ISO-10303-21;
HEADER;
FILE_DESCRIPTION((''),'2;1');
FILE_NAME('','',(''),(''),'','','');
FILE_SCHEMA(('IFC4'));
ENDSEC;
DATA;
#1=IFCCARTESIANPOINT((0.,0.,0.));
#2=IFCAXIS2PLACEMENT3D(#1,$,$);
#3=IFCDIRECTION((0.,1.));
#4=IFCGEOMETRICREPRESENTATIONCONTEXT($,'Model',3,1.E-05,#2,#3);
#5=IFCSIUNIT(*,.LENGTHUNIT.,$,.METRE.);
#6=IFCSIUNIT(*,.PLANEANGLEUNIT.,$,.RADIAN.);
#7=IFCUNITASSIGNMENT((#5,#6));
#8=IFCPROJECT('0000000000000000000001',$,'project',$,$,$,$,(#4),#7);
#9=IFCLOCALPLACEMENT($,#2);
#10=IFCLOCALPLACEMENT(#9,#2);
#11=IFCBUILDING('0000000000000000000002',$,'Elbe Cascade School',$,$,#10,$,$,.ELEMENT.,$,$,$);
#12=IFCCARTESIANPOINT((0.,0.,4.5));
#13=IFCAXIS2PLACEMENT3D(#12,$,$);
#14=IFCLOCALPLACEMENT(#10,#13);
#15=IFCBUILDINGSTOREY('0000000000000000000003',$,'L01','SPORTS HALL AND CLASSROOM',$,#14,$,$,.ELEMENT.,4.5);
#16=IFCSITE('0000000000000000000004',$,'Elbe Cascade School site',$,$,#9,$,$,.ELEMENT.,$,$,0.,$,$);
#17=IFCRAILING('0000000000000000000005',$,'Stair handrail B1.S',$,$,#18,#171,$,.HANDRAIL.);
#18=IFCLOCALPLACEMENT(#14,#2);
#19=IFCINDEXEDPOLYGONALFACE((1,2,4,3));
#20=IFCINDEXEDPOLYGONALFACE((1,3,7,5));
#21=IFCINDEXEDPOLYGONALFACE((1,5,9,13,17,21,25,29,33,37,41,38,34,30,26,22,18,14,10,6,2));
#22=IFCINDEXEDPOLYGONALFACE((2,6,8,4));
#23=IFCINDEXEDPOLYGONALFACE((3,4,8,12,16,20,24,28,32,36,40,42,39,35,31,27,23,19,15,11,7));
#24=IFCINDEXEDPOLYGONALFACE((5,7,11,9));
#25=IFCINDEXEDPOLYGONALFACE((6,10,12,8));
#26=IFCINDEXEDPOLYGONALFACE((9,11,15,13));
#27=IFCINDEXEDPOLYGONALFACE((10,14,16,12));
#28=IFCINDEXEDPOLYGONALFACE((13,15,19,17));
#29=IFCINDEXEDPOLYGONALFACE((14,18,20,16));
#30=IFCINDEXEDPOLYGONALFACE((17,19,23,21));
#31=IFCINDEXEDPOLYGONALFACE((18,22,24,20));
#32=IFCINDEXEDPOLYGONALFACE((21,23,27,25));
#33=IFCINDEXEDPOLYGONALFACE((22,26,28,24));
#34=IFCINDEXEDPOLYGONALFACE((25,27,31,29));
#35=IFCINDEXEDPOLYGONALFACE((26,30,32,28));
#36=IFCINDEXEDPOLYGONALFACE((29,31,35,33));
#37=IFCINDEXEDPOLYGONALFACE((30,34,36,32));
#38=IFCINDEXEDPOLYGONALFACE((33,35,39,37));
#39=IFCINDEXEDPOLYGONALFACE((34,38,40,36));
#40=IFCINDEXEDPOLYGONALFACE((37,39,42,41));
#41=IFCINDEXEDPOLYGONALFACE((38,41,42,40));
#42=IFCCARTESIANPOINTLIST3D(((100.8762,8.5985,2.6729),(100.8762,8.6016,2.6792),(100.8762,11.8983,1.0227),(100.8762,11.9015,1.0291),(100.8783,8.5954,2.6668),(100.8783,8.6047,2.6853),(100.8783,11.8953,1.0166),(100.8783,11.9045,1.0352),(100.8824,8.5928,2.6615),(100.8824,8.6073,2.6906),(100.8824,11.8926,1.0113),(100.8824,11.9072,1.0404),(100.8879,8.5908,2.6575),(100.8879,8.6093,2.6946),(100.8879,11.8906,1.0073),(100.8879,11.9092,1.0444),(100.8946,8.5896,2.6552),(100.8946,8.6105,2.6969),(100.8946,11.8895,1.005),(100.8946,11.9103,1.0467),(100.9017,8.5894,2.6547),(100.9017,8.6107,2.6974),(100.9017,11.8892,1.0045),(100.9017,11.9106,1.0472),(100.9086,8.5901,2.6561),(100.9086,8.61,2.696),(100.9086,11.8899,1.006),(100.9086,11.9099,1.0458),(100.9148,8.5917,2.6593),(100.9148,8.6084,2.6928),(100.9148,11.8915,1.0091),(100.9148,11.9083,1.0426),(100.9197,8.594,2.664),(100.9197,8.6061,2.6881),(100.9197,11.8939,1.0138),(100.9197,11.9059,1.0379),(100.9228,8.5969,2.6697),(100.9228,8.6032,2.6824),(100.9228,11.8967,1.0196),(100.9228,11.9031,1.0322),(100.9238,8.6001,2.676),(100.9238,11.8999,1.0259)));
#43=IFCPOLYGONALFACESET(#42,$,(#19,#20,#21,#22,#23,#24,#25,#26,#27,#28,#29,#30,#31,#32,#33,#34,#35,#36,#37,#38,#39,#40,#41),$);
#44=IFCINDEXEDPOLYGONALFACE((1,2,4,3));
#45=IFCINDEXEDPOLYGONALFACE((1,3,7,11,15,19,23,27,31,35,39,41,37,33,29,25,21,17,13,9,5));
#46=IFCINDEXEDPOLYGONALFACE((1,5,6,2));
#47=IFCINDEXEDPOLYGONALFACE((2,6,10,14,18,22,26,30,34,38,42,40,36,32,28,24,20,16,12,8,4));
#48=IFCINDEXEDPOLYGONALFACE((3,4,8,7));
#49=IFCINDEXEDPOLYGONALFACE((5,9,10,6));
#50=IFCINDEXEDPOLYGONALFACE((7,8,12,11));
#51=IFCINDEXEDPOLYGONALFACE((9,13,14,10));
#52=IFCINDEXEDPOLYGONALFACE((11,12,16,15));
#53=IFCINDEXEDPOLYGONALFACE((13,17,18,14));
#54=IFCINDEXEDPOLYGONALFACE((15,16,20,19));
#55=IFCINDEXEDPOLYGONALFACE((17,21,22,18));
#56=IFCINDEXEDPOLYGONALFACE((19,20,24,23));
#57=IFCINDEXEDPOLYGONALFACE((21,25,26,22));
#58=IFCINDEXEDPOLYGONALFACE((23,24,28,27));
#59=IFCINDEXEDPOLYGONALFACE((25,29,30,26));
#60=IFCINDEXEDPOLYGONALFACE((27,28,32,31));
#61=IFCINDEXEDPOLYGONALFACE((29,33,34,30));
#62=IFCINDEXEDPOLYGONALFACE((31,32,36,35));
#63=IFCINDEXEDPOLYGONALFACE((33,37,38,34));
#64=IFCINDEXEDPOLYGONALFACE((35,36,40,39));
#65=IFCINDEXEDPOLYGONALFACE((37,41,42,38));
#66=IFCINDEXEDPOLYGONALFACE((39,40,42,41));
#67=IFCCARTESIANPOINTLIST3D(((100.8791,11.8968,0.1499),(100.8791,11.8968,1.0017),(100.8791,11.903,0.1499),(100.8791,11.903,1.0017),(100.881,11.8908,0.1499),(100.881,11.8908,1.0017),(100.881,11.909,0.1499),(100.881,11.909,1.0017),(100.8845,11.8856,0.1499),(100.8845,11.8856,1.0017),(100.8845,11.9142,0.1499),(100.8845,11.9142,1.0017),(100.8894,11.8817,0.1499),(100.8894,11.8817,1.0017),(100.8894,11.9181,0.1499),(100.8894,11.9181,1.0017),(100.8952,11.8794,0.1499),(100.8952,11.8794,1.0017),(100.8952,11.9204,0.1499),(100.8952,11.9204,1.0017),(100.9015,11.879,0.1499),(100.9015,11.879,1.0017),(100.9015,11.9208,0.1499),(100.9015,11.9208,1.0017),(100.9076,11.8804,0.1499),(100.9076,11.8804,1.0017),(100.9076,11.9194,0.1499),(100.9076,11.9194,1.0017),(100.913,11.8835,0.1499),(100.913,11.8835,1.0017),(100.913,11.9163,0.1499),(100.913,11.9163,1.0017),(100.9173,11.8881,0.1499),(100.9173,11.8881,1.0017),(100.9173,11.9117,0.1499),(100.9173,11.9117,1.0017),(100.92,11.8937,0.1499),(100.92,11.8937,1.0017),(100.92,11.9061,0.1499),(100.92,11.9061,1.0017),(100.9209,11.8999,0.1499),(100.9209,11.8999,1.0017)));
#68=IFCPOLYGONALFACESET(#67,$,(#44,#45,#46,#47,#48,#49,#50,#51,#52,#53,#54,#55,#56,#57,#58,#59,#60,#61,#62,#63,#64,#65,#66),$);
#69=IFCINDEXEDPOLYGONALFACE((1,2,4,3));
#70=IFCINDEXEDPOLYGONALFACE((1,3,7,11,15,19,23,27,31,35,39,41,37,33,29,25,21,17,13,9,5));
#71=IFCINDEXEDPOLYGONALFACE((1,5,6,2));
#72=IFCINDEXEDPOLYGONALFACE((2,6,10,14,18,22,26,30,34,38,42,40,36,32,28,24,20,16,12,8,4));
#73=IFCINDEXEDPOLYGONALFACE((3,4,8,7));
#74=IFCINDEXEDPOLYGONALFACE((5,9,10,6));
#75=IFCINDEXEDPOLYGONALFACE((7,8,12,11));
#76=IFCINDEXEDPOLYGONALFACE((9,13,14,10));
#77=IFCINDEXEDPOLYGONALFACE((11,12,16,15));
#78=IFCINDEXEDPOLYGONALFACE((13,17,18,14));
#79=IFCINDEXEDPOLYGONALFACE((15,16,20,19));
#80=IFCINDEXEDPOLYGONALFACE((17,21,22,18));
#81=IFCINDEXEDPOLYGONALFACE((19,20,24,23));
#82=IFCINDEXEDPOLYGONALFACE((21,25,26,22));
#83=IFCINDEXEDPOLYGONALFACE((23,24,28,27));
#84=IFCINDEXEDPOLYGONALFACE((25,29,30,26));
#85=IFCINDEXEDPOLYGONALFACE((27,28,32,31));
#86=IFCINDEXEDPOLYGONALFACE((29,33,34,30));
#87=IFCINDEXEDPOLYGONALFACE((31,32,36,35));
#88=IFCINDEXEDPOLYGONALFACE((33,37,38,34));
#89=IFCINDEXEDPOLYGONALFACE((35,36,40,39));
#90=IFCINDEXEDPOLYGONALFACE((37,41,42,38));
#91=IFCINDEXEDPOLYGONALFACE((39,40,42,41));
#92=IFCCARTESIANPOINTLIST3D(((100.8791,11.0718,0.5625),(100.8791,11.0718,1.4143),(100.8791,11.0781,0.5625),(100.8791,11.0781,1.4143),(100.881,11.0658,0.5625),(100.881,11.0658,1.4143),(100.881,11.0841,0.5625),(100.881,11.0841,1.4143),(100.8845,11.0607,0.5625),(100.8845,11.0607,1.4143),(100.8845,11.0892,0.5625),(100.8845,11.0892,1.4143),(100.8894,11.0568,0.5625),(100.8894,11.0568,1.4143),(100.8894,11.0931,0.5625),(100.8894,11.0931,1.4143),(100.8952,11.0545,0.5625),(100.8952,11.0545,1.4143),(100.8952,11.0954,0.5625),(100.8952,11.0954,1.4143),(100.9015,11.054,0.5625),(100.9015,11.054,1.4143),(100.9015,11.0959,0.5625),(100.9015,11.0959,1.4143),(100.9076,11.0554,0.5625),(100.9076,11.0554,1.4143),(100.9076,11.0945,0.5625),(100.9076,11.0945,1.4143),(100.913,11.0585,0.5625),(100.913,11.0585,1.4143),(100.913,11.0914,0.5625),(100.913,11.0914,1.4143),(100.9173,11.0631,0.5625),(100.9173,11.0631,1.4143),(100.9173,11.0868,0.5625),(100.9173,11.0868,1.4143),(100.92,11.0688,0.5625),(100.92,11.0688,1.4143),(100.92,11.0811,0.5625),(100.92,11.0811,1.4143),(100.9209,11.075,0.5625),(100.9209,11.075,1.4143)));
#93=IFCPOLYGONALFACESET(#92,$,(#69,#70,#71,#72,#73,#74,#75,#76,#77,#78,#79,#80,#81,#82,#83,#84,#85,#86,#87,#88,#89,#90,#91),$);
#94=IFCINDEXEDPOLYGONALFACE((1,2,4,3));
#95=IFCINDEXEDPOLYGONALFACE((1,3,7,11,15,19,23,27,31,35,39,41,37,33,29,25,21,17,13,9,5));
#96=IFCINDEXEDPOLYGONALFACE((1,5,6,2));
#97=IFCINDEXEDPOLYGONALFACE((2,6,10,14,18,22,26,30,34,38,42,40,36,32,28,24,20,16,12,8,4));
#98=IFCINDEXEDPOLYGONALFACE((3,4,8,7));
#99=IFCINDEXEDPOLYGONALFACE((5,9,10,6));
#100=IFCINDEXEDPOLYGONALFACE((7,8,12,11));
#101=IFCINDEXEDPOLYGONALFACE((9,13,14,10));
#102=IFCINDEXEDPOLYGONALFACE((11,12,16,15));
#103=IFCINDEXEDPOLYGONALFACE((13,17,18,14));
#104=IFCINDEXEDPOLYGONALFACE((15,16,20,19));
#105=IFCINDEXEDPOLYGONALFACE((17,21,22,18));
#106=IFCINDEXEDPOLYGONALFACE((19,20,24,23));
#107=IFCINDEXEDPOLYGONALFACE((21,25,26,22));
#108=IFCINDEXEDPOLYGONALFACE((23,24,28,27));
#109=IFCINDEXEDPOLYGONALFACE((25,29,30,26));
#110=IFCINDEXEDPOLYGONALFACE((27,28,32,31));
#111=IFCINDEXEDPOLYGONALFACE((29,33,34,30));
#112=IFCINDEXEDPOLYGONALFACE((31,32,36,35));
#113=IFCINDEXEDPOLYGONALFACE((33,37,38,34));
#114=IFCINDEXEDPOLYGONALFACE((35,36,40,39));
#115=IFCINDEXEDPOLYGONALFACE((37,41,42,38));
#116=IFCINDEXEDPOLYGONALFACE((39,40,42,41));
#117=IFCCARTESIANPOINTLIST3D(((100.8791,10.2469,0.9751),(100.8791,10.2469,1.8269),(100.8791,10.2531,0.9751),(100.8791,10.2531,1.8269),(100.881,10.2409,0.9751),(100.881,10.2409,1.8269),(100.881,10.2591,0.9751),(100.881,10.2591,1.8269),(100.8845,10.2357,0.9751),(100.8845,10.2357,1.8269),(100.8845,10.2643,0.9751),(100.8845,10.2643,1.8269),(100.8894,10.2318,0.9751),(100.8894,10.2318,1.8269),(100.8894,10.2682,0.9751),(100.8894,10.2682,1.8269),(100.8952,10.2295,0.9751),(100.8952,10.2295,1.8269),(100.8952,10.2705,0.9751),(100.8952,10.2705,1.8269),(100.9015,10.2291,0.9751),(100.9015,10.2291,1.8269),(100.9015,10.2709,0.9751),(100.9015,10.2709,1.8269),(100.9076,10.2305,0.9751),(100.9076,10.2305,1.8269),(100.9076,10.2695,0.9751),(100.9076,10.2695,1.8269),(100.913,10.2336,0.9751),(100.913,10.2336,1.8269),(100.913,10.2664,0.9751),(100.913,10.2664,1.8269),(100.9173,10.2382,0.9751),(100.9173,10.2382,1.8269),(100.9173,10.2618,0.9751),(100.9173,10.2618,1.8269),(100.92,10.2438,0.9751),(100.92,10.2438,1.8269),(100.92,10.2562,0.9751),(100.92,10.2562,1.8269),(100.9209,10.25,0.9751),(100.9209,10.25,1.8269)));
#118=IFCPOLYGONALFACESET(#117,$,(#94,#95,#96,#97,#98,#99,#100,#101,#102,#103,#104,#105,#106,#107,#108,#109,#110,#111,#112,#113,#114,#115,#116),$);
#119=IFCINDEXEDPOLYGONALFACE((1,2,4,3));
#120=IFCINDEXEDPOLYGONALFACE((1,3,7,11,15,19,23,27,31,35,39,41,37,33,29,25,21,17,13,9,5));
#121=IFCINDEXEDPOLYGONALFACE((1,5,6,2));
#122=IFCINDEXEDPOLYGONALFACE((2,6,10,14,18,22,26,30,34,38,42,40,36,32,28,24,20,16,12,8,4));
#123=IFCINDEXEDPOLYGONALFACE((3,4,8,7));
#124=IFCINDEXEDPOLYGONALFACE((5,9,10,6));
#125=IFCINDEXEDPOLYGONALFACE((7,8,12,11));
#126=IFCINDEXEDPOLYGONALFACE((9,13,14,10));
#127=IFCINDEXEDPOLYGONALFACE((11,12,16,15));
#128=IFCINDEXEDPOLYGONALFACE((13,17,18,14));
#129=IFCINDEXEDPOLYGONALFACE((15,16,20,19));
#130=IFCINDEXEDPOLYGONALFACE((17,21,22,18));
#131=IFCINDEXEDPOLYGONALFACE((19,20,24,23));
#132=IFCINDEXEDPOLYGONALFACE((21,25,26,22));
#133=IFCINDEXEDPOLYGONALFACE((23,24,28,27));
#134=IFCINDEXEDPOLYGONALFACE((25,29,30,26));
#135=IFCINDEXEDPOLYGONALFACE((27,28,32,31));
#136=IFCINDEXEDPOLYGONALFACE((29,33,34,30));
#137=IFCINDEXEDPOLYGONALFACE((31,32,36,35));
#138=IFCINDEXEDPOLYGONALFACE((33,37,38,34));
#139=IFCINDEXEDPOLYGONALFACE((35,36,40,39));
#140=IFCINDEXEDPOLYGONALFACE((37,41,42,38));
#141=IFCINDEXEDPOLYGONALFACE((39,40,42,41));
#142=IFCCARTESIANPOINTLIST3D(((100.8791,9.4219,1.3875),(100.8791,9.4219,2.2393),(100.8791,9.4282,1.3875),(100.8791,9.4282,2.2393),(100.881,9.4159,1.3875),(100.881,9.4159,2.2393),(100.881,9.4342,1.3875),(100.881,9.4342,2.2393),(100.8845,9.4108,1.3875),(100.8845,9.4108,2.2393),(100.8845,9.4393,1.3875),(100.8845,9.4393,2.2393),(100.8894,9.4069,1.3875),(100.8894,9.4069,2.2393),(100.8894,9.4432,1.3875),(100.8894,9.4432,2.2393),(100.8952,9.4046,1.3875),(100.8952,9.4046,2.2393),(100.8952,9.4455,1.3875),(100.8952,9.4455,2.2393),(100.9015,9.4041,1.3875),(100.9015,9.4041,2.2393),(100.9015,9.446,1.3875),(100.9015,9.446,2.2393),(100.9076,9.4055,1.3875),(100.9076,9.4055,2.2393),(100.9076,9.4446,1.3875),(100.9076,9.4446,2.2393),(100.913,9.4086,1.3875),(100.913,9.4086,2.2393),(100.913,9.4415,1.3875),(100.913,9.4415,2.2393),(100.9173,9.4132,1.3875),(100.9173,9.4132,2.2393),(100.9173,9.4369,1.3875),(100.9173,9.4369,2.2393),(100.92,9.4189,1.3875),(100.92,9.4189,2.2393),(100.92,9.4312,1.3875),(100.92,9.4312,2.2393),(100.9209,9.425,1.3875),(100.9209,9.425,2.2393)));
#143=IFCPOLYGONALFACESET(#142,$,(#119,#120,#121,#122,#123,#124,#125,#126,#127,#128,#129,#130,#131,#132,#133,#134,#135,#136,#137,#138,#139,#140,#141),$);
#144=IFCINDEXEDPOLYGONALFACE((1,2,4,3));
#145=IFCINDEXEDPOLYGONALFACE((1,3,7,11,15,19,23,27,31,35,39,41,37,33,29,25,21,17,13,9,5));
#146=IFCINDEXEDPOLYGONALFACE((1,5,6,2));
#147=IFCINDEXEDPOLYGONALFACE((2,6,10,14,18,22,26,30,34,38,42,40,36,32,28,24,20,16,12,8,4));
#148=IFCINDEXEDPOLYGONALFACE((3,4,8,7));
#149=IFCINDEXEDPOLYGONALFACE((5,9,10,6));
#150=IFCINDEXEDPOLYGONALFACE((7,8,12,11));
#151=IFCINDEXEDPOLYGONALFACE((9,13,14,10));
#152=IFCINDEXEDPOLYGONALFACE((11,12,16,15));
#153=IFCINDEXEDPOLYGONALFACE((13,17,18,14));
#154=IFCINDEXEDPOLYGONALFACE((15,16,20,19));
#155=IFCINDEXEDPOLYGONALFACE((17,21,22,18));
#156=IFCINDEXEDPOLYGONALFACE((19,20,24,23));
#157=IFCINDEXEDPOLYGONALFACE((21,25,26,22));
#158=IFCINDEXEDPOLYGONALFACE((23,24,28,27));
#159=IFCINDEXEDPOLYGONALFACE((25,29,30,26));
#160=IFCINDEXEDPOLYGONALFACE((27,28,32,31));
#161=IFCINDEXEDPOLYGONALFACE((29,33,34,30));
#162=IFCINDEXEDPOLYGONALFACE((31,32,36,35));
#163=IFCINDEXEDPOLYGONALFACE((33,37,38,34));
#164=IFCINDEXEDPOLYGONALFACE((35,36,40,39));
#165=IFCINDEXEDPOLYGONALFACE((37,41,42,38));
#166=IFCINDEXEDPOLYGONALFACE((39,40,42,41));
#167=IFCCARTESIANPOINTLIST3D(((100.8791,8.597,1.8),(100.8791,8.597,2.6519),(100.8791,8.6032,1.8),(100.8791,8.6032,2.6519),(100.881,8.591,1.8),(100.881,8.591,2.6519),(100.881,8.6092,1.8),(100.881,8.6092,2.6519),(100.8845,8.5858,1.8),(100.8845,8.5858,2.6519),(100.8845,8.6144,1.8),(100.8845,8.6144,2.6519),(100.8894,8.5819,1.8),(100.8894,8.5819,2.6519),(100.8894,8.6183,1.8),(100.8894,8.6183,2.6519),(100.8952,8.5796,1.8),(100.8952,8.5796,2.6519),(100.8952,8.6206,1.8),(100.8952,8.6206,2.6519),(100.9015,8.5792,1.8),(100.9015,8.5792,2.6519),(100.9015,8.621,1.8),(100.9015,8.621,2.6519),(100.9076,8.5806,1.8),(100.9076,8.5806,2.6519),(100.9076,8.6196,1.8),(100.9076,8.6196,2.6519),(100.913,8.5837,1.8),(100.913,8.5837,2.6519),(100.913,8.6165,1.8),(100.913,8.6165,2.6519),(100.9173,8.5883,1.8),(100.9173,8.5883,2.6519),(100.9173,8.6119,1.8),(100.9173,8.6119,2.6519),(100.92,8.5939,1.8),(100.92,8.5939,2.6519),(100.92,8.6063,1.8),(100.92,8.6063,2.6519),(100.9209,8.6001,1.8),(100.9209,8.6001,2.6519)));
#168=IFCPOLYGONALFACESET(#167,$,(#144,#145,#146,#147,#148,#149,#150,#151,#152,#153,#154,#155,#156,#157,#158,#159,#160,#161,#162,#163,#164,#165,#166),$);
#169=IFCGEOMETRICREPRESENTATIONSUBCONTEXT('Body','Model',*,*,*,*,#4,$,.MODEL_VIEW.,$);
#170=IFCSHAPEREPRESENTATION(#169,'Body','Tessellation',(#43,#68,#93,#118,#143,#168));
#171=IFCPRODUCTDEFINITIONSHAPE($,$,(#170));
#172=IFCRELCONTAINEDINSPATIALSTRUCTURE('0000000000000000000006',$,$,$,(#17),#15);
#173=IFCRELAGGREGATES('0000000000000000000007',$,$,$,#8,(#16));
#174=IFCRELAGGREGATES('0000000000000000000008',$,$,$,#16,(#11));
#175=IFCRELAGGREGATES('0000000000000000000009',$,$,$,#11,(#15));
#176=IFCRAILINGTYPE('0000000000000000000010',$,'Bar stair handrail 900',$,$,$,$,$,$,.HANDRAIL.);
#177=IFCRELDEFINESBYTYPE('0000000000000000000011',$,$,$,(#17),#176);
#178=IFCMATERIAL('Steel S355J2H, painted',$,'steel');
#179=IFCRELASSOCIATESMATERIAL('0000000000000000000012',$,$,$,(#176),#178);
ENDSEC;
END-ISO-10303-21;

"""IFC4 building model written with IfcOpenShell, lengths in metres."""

from ifc_helpers import new_model, si_unit, direction, frame, origin, origin_2d, place, context, subcontext, project, spatial, circle, extrude, material, type_object, element, save


model = new_model("IFC4")

# Units and contexts
model_context = context("Model", 3, precision=1e-05, world=origin(), true_north=direction((0.0, 1.0)))
body_context = subcontext(model_context, "Body", "Model", "MODEL_VIEW")
ifc_project = project(units=[si_unit("LENGTHUNIT", "METRE"), si_unit("PLANEANGLEUNIT", "RADIAN")], contexts=[model_context])

# Site, building, storey
site_placement = place(None, origin())
site = spatial("IfcSite", under=ifc_project, at=site_placement, Name="Elbe Cascade School site", CompositionType="ELEMENT", RefElevation=0.0)
building_placement = place(site_placement, origin())
building = spatial("IfcBuilding", under=site, at=building_placement, Name="Elbe Cascade School", CompositionType="ELEMENT")
storey_placement = place(building_placement, frame((0.0, 0.0, 4.5)))
storey = spatial("IfcBuildingStorey", under=building, at=storey_placement, Name="L01", Description="SPORTS HALL AND CLASSROOM", CompositionType="ELEMENT", Elevation=4.5)

# Railing
ifc_material_1 = material(Name="Steel S355J2H, painted", Category="steel")
railing_type_1 = type_object("IfcRailingType", Name="Bar stair handrail 900", PredefinedType="HANDRAIL", material=ifc_material_1)
railing_1_placement = place(storey_placement, frame((100.8999, 11.8999, 0.1499)))
element("IfcRailing", 1, at=railing_1_placement, inside=storey, type_object=railing_type_1, Name="Stair handrail B1.S", PredefinedType="HANDRAIL", context=body_context, shape_type="SweptSolid", body=[
    extrude(circle(Radius=0.0239, at=origin_2d()), frame((0.0, 0.0, 0.876), z_axis=(0.0, -0.894401, 0.447267), x_axis=(1.0, 0.0, 0.0)), (0.0, 0.0, 1.0), 3.6895),
    extrude(circle(Radius=0.021, at=origin_2d()), origin(), (0.0, 0.0, 1.0), 0.8518),
    extrude(circle(Radius=0.021, at=origin_2d()), frame((0.0, -0.825, 0.4126)), (0.0, 0.0, 1.0), 0.8518),
    extrude(circle(Radius=0.021, at=origin_2d()), frame((0.0, -1.6499, 0.8252)), (0.0, 0.0, 1.0), 0.8518),
    extrude(circle(Radius=0.021, at=origin_2d()), frame((0.0, -2.4749, 1.2375)), (0.0, 0.0, 1.0), 0.8518),
    extrude(circle(Radius=0.021, at=origin_2d()), frame((0.0, -3.2998, 1.6501)), (0.0, 0.0, 1.0), 0.8518),
])

save(model, "model.ifc")
